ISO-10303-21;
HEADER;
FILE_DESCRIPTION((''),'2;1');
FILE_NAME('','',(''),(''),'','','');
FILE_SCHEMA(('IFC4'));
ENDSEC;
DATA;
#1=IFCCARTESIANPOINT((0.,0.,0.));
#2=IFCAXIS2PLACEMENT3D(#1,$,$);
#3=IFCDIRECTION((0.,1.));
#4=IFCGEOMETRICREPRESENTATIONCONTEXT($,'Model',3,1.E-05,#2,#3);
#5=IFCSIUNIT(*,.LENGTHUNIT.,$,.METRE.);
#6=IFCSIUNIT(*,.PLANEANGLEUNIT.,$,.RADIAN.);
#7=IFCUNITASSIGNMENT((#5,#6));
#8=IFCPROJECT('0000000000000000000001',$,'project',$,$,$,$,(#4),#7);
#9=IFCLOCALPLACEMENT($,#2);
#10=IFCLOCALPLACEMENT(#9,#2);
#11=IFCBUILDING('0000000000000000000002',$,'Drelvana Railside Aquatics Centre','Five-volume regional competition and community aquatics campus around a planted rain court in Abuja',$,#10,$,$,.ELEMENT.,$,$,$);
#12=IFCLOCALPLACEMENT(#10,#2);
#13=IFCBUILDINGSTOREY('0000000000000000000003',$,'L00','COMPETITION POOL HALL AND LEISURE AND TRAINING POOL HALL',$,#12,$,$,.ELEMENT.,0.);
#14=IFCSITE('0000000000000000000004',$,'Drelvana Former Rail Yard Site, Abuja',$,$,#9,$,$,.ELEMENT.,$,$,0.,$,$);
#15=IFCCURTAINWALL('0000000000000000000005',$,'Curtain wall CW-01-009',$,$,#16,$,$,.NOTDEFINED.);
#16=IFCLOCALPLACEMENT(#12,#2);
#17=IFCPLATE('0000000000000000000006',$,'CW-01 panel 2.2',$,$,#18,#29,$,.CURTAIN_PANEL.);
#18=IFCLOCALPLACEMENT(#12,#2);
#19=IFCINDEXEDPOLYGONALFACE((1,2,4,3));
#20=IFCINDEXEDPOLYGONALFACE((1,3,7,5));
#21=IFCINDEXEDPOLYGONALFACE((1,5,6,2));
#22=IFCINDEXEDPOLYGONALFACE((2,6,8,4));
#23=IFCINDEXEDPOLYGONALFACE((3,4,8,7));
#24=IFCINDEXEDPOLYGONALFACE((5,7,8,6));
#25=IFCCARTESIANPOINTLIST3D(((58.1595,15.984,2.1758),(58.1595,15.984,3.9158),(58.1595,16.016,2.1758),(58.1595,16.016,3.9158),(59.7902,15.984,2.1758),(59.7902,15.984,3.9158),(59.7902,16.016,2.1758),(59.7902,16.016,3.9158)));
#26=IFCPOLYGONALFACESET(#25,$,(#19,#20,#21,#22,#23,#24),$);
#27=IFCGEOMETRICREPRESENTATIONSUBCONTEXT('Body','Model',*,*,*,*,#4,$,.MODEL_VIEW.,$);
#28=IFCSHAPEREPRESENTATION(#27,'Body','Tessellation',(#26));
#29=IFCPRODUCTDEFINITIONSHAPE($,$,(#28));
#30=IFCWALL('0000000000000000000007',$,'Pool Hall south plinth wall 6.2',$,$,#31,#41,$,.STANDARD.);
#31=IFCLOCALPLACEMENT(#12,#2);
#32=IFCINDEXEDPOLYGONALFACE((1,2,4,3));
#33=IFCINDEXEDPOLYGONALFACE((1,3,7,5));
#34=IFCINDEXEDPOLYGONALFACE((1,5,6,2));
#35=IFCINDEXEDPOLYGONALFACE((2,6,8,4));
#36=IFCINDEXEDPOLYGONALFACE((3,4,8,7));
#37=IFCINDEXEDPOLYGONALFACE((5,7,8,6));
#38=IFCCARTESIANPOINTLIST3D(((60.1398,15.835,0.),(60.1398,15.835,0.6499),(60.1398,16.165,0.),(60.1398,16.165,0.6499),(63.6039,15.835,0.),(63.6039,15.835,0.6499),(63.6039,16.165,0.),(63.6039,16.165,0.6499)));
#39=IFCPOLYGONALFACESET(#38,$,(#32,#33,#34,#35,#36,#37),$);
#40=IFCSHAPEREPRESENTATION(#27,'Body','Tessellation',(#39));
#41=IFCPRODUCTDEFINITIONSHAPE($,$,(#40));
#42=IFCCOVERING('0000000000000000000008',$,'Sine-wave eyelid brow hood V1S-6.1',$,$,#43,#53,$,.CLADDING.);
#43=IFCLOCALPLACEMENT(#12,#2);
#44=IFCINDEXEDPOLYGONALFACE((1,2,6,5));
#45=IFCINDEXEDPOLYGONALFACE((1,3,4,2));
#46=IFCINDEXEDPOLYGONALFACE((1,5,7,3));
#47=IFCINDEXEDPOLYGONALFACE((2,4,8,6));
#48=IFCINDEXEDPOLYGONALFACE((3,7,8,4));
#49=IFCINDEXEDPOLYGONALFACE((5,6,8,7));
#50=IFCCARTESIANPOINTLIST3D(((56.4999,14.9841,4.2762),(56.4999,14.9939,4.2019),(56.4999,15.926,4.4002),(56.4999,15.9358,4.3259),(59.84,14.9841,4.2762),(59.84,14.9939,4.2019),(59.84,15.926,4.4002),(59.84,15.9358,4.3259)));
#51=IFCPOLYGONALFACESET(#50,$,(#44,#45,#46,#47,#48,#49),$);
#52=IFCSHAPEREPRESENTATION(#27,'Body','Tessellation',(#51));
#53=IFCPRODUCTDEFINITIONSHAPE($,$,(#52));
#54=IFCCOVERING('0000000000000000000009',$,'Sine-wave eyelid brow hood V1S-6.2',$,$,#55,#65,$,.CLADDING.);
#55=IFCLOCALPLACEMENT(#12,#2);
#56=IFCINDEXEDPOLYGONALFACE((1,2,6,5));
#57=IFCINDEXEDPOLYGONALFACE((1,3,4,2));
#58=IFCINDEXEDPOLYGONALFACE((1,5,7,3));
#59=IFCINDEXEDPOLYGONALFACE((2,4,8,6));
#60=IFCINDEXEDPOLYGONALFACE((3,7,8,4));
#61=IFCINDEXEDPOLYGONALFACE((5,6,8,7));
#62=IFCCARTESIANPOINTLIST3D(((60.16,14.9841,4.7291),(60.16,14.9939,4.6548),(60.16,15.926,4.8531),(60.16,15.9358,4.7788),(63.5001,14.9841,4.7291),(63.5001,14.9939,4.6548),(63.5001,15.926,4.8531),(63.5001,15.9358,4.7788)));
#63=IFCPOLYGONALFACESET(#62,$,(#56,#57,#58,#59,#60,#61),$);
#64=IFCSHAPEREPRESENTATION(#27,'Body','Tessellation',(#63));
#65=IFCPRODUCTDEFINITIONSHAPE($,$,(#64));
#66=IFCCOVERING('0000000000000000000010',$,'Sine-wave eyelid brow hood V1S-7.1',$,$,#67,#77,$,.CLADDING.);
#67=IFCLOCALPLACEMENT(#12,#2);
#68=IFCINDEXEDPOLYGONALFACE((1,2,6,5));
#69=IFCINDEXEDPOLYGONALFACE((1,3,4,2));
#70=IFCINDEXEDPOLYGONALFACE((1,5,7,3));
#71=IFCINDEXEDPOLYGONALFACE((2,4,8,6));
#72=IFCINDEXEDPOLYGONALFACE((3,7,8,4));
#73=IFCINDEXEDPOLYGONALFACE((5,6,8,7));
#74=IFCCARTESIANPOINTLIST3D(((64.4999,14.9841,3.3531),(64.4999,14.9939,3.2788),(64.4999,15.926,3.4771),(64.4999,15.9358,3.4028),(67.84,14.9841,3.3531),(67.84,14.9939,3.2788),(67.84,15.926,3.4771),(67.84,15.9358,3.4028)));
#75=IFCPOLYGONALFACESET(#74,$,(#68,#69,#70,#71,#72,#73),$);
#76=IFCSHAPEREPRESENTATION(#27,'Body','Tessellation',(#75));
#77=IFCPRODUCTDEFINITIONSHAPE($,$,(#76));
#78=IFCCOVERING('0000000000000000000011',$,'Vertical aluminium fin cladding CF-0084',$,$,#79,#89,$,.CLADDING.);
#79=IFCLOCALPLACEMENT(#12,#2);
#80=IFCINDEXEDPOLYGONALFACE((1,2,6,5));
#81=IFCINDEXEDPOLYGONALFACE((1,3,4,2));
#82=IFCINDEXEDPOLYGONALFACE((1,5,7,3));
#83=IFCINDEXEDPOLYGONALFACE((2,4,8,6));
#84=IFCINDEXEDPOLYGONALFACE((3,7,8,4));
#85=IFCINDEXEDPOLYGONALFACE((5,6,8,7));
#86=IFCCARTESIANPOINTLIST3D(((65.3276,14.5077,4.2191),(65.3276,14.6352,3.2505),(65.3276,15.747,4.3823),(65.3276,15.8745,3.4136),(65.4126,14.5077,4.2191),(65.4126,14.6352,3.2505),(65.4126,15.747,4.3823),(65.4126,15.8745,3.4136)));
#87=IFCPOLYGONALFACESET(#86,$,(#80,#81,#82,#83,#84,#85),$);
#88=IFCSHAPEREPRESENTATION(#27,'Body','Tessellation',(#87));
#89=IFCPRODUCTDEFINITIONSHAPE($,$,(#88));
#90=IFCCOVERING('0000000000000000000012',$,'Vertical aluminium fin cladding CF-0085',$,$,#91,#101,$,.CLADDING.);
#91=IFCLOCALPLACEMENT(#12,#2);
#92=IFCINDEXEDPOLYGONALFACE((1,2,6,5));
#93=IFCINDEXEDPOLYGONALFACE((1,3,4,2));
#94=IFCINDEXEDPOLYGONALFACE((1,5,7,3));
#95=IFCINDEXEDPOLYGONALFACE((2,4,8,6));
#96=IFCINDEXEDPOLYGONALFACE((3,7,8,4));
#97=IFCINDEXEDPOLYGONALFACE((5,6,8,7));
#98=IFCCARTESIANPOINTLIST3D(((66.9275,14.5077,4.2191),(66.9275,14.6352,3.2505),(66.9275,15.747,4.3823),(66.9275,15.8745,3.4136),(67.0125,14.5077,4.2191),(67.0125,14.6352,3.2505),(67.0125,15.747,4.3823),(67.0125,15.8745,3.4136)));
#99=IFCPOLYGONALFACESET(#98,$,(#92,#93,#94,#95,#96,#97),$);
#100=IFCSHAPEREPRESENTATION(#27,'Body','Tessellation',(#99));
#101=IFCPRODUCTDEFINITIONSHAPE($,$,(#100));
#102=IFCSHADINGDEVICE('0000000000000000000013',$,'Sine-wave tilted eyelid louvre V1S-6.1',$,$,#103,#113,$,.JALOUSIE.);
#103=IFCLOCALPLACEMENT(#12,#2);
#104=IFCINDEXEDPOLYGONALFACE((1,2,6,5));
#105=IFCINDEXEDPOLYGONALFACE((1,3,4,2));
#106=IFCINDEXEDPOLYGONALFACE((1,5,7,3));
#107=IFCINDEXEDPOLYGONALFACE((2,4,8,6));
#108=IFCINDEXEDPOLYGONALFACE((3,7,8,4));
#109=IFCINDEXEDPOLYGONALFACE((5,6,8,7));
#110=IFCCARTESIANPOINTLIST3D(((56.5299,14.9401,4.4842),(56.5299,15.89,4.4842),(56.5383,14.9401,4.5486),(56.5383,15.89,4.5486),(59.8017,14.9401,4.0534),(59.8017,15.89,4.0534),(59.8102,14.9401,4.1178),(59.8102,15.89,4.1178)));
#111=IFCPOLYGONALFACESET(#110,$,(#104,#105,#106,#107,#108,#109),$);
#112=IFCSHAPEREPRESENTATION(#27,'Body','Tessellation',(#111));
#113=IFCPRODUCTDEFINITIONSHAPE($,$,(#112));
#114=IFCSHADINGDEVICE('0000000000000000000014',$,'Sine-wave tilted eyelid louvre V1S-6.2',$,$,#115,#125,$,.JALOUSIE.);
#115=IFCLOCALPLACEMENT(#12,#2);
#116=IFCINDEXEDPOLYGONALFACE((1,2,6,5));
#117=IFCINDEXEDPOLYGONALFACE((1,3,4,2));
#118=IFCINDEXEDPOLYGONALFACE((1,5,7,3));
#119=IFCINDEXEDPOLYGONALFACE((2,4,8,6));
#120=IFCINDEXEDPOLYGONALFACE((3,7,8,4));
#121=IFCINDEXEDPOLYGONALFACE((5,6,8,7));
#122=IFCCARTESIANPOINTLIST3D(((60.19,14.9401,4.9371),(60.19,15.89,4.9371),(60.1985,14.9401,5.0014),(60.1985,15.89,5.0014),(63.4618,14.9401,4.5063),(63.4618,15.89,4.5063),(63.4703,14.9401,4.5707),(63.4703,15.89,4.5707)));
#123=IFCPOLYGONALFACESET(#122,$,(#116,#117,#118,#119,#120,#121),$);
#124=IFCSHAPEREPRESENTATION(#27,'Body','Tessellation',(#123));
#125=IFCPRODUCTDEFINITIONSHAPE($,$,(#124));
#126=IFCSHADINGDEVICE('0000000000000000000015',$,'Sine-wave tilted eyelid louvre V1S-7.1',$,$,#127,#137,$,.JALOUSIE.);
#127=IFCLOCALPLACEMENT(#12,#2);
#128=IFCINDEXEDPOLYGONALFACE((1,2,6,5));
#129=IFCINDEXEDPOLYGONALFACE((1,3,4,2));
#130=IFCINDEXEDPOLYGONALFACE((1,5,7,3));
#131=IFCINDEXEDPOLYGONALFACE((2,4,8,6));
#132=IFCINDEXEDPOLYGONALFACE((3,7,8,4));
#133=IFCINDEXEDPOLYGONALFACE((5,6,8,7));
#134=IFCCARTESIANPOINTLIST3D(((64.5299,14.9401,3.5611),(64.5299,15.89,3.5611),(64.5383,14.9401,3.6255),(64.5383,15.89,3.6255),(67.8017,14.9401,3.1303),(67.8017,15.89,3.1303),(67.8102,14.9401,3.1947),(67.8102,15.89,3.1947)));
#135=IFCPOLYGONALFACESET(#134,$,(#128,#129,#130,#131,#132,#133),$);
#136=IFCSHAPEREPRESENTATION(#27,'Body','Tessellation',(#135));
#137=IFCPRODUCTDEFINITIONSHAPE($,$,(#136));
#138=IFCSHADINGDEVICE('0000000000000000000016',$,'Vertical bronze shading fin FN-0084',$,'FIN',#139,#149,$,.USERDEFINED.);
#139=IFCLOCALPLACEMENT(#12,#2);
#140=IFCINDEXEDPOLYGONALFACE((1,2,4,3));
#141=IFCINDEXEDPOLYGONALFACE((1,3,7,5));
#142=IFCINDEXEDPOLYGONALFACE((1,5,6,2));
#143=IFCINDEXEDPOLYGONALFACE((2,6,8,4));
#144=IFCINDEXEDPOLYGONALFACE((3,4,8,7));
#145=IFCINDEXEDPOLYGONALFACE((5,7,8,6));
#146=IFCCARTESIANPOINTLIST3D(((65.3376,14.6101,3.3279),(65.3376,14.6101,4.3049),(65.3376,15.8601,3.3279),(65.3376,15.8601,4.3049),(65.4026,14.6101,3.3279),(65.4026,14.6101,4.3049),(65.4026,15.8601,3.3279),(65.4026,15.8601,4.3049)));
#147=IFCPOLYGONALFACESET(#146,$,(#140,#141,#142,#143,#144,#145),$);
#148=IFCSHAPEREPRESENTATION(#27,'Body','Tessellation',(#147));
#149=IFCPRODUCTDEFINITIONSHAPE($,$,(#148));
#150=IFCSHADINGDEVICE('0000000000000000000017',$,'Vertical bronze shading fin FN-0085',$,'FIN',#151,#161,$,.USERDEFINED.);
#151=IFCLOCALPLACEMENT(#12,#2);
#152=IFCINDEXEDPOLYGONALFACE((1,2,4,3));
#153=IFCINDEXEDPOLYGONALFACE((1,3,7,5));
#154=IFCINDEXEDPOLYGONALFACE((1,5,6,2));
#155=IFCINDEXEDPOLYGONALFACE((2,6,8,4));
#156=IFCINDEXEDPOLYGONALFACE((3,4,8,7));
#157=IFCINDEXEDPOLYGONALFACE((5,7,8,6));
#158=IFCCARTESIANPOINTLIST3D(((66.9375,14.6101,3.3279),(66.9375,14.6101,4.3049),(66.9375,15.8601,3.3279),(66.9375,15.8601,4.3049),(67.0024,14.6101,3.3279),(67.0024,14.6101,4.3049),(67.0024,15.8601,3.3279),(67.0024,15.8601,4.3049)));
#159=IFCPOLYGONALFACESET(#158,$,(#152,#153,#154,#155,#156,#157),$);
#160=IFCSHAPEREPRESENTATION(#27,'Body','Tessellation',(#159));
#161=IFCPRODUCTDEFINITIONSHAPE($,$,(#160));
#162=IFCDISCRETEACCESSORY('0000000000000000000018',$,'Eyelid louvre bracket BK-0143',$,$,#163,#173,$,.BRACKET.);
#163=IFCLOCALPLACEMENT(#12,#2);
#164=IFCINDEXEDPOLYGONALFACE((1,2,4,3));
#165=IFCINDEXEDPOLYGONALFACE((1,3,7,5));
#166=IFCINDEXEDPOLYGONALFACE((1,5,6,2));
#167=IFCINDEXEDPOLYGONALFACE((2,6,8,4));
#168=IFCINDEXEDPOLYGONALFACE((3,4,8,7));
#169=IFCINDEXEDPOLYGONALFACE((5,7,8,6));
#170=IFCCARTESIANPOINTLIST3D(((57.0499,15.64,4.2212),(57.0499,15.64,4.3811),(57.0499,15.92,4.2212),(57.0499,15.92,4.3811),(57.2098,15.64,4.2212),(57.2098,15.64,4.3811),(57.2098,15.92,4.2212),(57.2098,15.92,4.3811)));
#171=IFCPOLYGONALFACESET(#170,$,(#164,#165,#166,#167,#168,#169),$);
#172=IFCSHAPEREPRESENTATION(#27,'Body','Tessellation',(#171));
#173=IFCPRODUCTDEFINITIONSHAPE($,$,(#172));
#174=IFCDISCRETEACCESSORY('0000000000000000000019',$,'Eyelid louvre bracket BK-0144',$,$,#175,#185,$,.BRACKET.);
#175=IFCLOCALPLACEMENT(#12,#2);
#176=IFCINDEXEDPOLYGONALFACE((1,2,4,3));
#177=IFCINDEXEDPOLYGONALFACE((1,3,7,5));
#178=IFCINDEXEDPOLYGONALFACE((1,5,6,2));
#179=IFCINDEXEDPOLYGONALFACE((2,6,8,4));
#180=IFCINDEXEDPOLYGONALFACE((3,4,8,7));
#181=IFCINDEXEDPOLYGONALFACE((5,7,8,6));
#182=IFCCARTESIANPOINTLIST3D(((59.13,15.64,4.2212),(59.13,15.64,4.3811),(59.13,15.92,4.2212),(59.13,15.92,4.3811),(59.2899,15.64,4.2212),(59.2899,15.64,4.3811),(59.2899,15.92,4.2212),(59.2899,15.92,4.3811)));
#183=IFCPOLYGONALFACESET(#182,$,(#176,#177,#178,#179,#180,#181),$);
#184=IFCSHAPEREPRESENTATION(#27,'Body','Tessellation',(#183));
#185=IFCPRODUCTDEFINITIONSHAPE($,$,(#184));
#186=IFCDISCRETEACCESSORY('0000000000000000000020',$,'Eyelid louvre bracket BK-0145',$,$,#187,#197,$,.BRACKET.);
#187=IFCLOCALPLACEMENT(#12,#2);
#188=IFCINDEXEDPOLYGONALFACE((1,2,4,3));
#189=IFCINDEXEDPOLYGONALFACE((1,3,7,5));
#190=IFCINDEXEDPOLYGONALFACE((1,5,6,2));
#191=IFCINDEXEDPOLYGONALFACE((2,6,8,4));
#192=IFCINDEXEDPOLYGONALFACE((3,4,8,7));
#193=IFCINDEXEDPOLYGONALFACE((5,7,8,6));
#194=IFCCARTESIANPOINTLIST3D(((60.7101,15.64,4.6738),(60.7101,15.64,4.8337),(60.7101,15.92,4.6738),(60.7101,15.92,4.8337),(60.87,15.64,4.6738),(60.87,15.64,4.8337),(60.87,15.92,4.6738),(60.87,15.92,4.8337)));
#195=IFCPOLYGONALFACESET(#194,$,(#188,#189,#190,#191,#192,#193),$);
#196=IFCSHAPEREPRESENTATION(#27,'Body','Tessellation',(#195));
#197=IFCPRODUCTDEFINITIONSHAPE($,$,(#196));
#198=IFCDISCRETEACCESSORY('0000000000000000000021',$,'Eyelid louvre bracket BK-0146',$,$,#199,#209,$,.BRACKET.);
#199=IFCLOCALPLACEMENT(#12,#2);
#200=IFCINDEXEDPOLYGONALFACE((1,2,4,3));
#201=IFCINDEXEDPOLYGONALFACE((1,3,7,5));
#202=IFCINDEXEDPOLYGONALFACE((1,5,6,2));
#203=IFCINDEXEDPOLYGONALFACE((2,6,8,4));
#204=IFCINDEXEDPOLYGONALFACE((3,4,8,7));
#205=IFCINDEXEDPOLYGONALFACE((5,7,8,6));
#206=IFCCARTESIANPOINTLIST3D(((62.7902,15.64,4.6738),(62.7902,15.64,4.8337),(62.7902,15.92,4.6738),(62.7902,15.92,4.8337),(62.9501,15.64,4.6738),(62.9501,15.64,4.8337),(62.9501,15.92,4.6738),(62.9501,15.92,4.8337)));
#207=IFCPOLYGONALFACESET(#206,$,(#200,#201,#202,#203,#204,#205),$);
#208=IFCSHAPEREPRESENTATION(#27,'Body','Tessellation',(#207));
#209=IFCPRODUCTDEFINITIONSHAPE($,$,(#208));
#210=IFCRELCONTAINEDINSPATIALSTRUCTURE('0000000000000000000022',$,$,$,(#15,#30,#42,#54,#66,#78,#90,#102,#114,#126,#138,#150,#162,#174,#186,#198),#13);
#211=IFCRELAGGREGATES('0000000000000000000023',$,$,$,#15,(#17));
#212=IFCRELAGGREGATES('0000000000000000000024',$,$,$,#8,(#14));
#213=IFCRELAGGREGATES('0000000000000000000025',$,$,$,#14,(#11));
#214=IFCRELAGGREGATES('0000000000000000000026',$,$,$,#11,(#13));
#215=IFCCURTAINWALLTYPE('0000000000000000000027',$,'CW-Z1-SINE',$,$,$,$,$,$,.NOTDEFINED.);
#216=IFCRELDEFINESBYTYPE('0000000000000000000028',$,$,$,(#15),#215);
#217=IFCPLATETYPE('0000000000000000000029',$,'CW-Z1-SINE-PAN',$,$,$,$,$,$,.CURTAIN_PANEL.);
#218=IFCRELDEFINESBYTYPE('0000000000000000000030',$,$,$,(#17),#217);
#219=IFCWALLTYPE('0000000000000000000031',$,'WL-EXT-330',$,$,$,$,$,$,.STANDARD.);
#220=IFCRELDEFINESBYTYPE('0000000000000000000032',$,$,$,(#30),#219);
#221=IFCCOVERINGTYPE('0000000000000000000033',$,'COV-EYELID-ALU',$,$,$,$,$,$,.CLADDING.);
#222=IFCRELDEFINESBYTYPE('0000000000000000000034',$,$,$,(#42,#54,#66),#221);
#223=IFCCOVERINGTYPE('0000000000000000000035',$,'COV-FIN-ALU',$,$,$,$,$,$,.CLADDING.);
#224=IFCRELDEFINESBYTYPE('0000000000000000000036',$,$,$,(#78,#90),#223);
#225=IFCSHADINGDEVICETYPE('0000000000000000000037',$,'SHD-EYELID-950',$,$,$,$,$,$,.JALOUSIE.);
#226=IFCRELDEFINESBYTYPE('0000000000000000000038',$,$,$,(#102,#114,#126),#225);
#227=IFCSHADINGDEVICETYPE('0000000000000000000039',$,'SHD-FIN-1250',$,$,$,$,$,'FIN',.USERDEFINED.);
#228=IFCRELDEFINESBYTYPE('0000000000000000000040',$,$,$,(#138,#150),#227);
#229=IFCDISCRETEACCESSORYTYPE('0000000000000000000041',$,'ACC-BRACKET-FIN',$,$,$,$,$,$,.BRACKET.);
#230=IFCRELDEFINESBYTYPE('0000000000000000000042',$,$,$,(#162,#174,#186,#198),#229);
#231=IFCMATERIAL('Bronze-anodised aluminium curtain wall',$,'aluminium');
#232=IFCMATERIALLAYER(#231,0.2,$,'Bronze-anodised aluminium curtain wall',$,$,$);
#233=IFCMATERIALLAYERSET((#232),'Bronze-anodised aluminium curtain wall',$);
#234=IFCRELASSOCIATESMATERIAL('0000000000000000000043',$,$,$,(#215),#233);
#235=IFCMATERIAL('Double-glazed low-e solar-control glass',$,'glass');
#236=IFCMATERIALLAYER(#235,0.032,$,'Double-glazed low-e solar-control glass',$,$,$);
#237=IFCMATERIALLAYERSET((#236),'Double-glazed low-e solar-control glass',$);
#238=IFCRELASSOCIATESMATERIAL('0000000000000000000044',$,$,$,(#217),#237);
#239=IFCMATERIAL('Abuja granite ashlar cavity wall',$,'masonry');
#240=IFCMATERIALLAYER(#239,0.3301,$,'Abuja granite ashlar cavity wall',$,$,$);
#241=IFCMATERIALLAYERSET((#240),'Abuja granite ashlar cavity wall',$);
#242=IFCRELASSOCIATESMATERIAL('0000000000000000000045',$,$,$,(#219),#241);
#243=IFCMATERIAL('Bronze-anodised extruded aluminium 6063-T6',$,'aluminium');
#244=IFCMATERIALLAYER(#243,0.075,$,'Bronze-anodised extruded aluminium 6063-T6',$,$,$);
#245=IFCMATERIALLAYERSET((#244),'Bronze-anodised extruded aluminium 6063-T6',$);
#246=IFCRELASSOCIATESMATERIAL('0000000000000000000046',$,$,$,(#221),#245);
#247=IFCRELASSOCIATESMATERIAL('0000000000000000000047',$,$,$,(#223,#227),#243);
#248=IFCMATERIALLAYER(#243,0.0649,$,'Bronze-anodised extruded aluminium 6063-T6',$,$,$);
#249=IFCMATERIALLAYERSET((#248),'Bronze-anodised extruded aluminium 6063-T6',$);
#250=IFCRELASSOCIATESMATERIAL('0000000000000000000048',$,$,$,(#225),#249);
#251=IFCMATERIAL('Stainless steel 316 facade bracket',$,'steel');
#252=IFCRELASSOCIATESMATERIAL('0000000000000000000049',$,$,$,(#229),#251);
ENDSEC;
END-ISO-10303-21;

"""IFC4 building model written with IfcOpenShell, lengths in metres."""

from ifc_helpers import new_model, si_unit, direction, frame, frame_2d, origin, origin_2d, place, context, subcontext, project, spatial, rectangle, extrude, material, layer, layer_set, type_object, element, aggregate, save


model = new_model("IFC4")

# Units and contexts
model_context = context("Model", 3, precision=1e-05, world=origin(), true_north=direction((0.0, 1.0)))
body_context = subcontext(model_context, "Body", "Model", "MODEL_VIEW")
ifc_project = project(units=[si_unit("LENGTHUNIT", "METRE"), si_unit("PLANEANGLEUNIT", "RADIAN")], contexts=[model_context])

# Site, building, storey
site_placement = place(None, origin())
site = spatial("IfcSite", under=ifc_project, at=site_placement, Name="Drelvana Former Rail Yard Site, Abuja", CompositionType="ELEMENT", RefElevation=0.0)
building_placement = place(site_placement, origin())
building = spatial("IfcBuilding", under=site, at=building_placement, Name="Drelvana Railside Aquatics Centre", Description="Five-volume regional competition and community aquatics campus around a planted rain court in Abuja", CompositionType="ELEMENT")
storey_placement = place(building_placement, origin())
storey = spatial("IfcBuildingStorey", under=building, at=storey_placement, Name="L00", Description="COMPETITION POOL HALL AND LEISURE AND TRAINING POOL HALL", CompositionType="ELEMENT", Elevation=0.0)

# Curtain wall, plate
ifc_material_1 = material(Name="Bronze-anodised aluminium curtain wall", Category="aluminium")
ifc_layer_1 = layer(ifc_material_1, 0.2, Name="Bronze-anodised aluminium curtain wall")
ifc_layer_set_1 = layer_set([ifc_layer_1], Name="Bronze-anodised aluminium curtain wall")
curtain_wall_type = type_object("IfcCurtainWallType", Name="CW-Z1-SINE", PredefinedType="NOTDEFINED", material=ifc_layer_set_1)
curtain_wall_placement = place(storey_placement, origin())
curtain_wall = element("IfcCurtainWall", 1, at=curtain_wall_placement, inside=storey, type_object=curtain_wall_type, Name="Curtain wall CW-01-009", PredefinedType="NOTDEFINED")
ifc_material_2 = material(Name="Double-glazed low-e solar-control glass", Category="glass")
ifc_layer_2 = layer(ifc_material_2, 0.032, Name="Double-glazed low-e solar-control glass")
ifc_layer_set_2 = layer_set([ifc_layer_2], Name="Double-glazed low-e solar-control glass")
plate_type = type_object("IfcPlateType", Name="CW-Z1-SINE-PAN", PredefinedType="CURTAIN_PANEL", material=ifc_layer_set_2)
plate_1_placement = place(storey_placement, frame((58.9749, 16.0, 2.1758), z_axis=(0.0, 0.0, 1.0), x_axis=(1.0, 0.0, 0.0)))
plate_1 = element("IfcPlate", 2, at=plate_1_placement, type_object=plate_type, Name="CW-01 panel 2.2", PredefinedType="CURTAIN_PANEL", context=body_context, shape_type="SweptSolid", body=[
    extrude(rectangle(XDim=1.6306, YDim=0.032, at=origin_2d()), origin(), (0.0, 0.0, 1.0), 1.74),
])
aggregate(curtain_wall, [plate_1])

# Wall
ifc_material_3 = material(Name="Abuja granite ashlar cavity wall", Category="masonry")
ifc_layer_3 = layer(ifc_material_3, 0.3301, Name="Abuja granite ashlar cavity wall")
ifc_layer_set_3 = layer_set([ifc_layer_3], Name="Abuja granite ashlar cavity wall")
wall_type = type_object("IfcWallType", Name="WL-EXT-330", PredefinedType="STANDARD", material=ifc_layer_set_3)
wall_placement = place(storey_placement, frame((60.1399, 16.0, 0.0), z_axis=(0.0, 0.0, 1.0), x_axis=(1.0, 0.0, 0.0)))
element("IfcWall", 3, at=wall_placement, inside=storey, type_object=wall_type, Name="Pool Hall south plinth wall 6.2", PredefinedType="STANDARD", context=body_context, shape_type="SweptSolid", body=[
    extrude(rectangle(XDim=3.4641, YDim=0.3301, at=frame_2d((1.7319, 0.0))), origin(), (0.0, 0.0, 1.0), 0.6499),
])

# Coverings
ifc_material_4 = material(Name="Bronze-anodised extruded aluminium 6063-T6", Category="aluminium")
ifc_layer_4 = layer(ifc_material_4, 0.075, Name="Bronze-anodised extruded aluminium 6063-T6")
ifc_layer_set_4 = layer_set([ifc_layer_4], Name="Bronze-anodised extruded aluminium 6063-T6")
covering_type_1 = type_object("IfcCoveringType", Name="COV-EYELID-ALU", PredefinedType="CLADDING", material=ifc_layer_set_4)
for number, where, z_axis, x_axis, name in (
    (4, (58.1699, 15.4648, 4.2639), (0.0, -0.130526, 0.991445), (-1.0, 0.0, 0.0), "Sine-wave eyelid brow hood V1S-6.1"),
    (5, (61.8301, 15.4648, 4.7168), (0.0, -0.130526, 0.991445), (-1.0, 0.0, 0.0), "Sine-wave eyelid brow hood V1S-6.2"),
    (6, (66.1699, 15.4648, 3.3408), (0.0, -0.130526, 0.991445), (-1.0, 0.0, 0.0), "Sine-wave eyelid brow hood V1S-7.1"),
):
    element("IfcCovering", number, at=place(storey_placement, frame(where, z_axis=z_axis, x_axis=x_axis)), inside=storey, type_object=covering_type_1, Name=name, PredefinedType="CLADDING", context=body_context, shape_type="SweptSolid", body=[
        extrude(rectangle(XDim=3.3401, YDim=0.95, at=origin_2d()), origin(), (0.0, 0.0, 1.0), 0.075),
    ])
covering_type_2 = type_object("IfcCoveringType", Name="COV-FIN-ALU", PredefinedType="CLADDING", material=ifc_material_4)
for number, where, z_axis, x_axis, name in (
    (7, (65.3701, 15.2549, 3.332), (0.0, -0.130526, 0.991445), (-1.0, 0.0, 0.0), "Vertical aluminium fin cladding CF-0084"),
    (8, (66.97, 15.2549, 3.332), (0.0, -0.130526, 0.991445), (-1.0, 0.0, 0.0), "Vertical aluminium fin cladding CF-0085"),
):
    element("IfcCovering", number, at=place(storey_placement, frame(where, z_axis=z_axis, x_axis=x_axis)), inside=storey, type_object=covering_type_2, Name=name, PredefinedType="CLADDING", context=body_context, shape_type="SweptSolid", body=[
        extrude(rectangle(XDim=0.085, YDim=1.25, at=origin_2d()), origin(), (0.0, 0.0, 1.0), 0.9771),
    ])

# Shading devices
ifc_layer_5 = layer(ifc_material_4, 0.0649, Name="Bronze-anodised extruded aluminium 6063-T6")
ifc_layer_set_5 = layer_set([ifc_layer_5], Name="Bronze-anodised extruded aluminium 6063-T6")
shading_device_type_1 = type_object("IfcShadingDeviceType", Name="SHD-EYELID-950", PredefinedType="JALOUSIE", material=ifc_layer_set_5)
for number, where, z_axis, x_axis, name in (
    (9, (58.1658, 15.415, 4.2688), (0.130526, 0.0, 0.991445), (0.0, -1.0, 0.0), "Sine-wave tilted eyelid louvre V1S-6.1"),
    (10, (61.8259, 15.415, 4.7217), (0.130526, 0.0, 0.991445), (0.0, -1.0, 0.0), "Sine-wave tilted eyelid louvre V1S-6.2"),
    (11, (66.1658, 15.415, 3.3457), (0.130526, 0.0, 0.991445), (0.0, -1.0, 0.0), "Sine-wave tilted eyelid louvre V1S-7.1"),
):
    element("IfcShadingDevice", number, at=place(storey_placement, frame(where, z_axis=z_axis, x_axis=x_axis)), inside=storey, type_object=shading_device_type_1, Name=name, PredefinedType="JALOUSIE", context=body_context, shape_type="SweptSolid", body=[
        extrude(rectangle(XDim=0.95, YDim=3.3, at=origin_2d()), origin(), (0.0, 0.0, 1.0), 0.0649),
    ])
shading_device_type_2 = type_object("IfcShadingDeviceType", Name="SHD-FIN-1250", ElementType="FIN", PredefinedType="USERDEFINED", material=ifc_material_4)
for number, where, z_axis, x_axis, name in (
    (12, (65.3701, 15.2351, 3.3279), (0.0, 0.0, 1.0), (0.0, -1.0, 0.0), "Vertical bronze shading fin FN-0084"),
    (13, (66.97, 15.2351, 3.3279), (0.0, 0.0, 1.0), (0.0, -1.0, 0.0), "Vertical bronze shading fin FN-0085"),
):
    element("IfcShadingDevice", number, at=place(storey_placement, frame(where, z_axis=z_axis, x_axis=x_axis)), inside=storey, type_object=shading_device_type_2, Name=name, ObjectType="FIN", PredefinedType="USERDEFINED", context=body_context, shape_type="SweptSolid", body=[
        extrude(rectangle(XDim=1.25, YDim=0.0649, at=origin_2d()), origin(), (0.0, 0.0, 1.0), 0.9771),
    ])

# Discrete accessories
ifc_material_5 = material(Name="Stainless steel 316 facade bracket", Category="steel")
discrete_accessory_type = type_object("IfcDiscreteAccessoryType", Name="ACC-BRACKET-FIN", PredefinedType="BRACKET", material=ifc_material_5)
for number, where, z_axis, x_axis, name in (
    (14, (57.1299, 15.78, 4.2212), (0.0, 0.0, 1.0), (1.0, 0.0, 0.0), "Eyelid louvre bracket BK-0143"),
    (15, (59.21, 15.78, 4.2212), (0.0, 0.0, 1.0), (1.0, 0.0, 0.0), "Eyelid louvre bracket BK-0144"),
    (16, (60.79, 15.78, 4.6738), (0.0, 0.0, 1.0), (1.0, 0.0, 0.0), "Eyelid louvre bracket BK-0145"),
    (17, (62.8701, 15.78, 4.6738), (0.0, 0.0, 1.0), (1.0, 0.0, 0.0), "Eyelid louvre bracket BK-0146"),
):
    element("IfcDiscreteAccessory", number, at=place(storey_placement, frame(where, z_axis=z_axis, x_axis=x_axis)), inside=storey, type_object=discrete_accessory_type, Name=name, PredefinedType="BRACKET", context=body_context, shape_type="SweptSolid", body=[
        extrude(rectangle(XDim=0.1599, YDim=0.28, at=origin_2d()), origin(), (0.0, 0.0, 1.0), 0.1599),
    ])

save(model, "model.ifc")
